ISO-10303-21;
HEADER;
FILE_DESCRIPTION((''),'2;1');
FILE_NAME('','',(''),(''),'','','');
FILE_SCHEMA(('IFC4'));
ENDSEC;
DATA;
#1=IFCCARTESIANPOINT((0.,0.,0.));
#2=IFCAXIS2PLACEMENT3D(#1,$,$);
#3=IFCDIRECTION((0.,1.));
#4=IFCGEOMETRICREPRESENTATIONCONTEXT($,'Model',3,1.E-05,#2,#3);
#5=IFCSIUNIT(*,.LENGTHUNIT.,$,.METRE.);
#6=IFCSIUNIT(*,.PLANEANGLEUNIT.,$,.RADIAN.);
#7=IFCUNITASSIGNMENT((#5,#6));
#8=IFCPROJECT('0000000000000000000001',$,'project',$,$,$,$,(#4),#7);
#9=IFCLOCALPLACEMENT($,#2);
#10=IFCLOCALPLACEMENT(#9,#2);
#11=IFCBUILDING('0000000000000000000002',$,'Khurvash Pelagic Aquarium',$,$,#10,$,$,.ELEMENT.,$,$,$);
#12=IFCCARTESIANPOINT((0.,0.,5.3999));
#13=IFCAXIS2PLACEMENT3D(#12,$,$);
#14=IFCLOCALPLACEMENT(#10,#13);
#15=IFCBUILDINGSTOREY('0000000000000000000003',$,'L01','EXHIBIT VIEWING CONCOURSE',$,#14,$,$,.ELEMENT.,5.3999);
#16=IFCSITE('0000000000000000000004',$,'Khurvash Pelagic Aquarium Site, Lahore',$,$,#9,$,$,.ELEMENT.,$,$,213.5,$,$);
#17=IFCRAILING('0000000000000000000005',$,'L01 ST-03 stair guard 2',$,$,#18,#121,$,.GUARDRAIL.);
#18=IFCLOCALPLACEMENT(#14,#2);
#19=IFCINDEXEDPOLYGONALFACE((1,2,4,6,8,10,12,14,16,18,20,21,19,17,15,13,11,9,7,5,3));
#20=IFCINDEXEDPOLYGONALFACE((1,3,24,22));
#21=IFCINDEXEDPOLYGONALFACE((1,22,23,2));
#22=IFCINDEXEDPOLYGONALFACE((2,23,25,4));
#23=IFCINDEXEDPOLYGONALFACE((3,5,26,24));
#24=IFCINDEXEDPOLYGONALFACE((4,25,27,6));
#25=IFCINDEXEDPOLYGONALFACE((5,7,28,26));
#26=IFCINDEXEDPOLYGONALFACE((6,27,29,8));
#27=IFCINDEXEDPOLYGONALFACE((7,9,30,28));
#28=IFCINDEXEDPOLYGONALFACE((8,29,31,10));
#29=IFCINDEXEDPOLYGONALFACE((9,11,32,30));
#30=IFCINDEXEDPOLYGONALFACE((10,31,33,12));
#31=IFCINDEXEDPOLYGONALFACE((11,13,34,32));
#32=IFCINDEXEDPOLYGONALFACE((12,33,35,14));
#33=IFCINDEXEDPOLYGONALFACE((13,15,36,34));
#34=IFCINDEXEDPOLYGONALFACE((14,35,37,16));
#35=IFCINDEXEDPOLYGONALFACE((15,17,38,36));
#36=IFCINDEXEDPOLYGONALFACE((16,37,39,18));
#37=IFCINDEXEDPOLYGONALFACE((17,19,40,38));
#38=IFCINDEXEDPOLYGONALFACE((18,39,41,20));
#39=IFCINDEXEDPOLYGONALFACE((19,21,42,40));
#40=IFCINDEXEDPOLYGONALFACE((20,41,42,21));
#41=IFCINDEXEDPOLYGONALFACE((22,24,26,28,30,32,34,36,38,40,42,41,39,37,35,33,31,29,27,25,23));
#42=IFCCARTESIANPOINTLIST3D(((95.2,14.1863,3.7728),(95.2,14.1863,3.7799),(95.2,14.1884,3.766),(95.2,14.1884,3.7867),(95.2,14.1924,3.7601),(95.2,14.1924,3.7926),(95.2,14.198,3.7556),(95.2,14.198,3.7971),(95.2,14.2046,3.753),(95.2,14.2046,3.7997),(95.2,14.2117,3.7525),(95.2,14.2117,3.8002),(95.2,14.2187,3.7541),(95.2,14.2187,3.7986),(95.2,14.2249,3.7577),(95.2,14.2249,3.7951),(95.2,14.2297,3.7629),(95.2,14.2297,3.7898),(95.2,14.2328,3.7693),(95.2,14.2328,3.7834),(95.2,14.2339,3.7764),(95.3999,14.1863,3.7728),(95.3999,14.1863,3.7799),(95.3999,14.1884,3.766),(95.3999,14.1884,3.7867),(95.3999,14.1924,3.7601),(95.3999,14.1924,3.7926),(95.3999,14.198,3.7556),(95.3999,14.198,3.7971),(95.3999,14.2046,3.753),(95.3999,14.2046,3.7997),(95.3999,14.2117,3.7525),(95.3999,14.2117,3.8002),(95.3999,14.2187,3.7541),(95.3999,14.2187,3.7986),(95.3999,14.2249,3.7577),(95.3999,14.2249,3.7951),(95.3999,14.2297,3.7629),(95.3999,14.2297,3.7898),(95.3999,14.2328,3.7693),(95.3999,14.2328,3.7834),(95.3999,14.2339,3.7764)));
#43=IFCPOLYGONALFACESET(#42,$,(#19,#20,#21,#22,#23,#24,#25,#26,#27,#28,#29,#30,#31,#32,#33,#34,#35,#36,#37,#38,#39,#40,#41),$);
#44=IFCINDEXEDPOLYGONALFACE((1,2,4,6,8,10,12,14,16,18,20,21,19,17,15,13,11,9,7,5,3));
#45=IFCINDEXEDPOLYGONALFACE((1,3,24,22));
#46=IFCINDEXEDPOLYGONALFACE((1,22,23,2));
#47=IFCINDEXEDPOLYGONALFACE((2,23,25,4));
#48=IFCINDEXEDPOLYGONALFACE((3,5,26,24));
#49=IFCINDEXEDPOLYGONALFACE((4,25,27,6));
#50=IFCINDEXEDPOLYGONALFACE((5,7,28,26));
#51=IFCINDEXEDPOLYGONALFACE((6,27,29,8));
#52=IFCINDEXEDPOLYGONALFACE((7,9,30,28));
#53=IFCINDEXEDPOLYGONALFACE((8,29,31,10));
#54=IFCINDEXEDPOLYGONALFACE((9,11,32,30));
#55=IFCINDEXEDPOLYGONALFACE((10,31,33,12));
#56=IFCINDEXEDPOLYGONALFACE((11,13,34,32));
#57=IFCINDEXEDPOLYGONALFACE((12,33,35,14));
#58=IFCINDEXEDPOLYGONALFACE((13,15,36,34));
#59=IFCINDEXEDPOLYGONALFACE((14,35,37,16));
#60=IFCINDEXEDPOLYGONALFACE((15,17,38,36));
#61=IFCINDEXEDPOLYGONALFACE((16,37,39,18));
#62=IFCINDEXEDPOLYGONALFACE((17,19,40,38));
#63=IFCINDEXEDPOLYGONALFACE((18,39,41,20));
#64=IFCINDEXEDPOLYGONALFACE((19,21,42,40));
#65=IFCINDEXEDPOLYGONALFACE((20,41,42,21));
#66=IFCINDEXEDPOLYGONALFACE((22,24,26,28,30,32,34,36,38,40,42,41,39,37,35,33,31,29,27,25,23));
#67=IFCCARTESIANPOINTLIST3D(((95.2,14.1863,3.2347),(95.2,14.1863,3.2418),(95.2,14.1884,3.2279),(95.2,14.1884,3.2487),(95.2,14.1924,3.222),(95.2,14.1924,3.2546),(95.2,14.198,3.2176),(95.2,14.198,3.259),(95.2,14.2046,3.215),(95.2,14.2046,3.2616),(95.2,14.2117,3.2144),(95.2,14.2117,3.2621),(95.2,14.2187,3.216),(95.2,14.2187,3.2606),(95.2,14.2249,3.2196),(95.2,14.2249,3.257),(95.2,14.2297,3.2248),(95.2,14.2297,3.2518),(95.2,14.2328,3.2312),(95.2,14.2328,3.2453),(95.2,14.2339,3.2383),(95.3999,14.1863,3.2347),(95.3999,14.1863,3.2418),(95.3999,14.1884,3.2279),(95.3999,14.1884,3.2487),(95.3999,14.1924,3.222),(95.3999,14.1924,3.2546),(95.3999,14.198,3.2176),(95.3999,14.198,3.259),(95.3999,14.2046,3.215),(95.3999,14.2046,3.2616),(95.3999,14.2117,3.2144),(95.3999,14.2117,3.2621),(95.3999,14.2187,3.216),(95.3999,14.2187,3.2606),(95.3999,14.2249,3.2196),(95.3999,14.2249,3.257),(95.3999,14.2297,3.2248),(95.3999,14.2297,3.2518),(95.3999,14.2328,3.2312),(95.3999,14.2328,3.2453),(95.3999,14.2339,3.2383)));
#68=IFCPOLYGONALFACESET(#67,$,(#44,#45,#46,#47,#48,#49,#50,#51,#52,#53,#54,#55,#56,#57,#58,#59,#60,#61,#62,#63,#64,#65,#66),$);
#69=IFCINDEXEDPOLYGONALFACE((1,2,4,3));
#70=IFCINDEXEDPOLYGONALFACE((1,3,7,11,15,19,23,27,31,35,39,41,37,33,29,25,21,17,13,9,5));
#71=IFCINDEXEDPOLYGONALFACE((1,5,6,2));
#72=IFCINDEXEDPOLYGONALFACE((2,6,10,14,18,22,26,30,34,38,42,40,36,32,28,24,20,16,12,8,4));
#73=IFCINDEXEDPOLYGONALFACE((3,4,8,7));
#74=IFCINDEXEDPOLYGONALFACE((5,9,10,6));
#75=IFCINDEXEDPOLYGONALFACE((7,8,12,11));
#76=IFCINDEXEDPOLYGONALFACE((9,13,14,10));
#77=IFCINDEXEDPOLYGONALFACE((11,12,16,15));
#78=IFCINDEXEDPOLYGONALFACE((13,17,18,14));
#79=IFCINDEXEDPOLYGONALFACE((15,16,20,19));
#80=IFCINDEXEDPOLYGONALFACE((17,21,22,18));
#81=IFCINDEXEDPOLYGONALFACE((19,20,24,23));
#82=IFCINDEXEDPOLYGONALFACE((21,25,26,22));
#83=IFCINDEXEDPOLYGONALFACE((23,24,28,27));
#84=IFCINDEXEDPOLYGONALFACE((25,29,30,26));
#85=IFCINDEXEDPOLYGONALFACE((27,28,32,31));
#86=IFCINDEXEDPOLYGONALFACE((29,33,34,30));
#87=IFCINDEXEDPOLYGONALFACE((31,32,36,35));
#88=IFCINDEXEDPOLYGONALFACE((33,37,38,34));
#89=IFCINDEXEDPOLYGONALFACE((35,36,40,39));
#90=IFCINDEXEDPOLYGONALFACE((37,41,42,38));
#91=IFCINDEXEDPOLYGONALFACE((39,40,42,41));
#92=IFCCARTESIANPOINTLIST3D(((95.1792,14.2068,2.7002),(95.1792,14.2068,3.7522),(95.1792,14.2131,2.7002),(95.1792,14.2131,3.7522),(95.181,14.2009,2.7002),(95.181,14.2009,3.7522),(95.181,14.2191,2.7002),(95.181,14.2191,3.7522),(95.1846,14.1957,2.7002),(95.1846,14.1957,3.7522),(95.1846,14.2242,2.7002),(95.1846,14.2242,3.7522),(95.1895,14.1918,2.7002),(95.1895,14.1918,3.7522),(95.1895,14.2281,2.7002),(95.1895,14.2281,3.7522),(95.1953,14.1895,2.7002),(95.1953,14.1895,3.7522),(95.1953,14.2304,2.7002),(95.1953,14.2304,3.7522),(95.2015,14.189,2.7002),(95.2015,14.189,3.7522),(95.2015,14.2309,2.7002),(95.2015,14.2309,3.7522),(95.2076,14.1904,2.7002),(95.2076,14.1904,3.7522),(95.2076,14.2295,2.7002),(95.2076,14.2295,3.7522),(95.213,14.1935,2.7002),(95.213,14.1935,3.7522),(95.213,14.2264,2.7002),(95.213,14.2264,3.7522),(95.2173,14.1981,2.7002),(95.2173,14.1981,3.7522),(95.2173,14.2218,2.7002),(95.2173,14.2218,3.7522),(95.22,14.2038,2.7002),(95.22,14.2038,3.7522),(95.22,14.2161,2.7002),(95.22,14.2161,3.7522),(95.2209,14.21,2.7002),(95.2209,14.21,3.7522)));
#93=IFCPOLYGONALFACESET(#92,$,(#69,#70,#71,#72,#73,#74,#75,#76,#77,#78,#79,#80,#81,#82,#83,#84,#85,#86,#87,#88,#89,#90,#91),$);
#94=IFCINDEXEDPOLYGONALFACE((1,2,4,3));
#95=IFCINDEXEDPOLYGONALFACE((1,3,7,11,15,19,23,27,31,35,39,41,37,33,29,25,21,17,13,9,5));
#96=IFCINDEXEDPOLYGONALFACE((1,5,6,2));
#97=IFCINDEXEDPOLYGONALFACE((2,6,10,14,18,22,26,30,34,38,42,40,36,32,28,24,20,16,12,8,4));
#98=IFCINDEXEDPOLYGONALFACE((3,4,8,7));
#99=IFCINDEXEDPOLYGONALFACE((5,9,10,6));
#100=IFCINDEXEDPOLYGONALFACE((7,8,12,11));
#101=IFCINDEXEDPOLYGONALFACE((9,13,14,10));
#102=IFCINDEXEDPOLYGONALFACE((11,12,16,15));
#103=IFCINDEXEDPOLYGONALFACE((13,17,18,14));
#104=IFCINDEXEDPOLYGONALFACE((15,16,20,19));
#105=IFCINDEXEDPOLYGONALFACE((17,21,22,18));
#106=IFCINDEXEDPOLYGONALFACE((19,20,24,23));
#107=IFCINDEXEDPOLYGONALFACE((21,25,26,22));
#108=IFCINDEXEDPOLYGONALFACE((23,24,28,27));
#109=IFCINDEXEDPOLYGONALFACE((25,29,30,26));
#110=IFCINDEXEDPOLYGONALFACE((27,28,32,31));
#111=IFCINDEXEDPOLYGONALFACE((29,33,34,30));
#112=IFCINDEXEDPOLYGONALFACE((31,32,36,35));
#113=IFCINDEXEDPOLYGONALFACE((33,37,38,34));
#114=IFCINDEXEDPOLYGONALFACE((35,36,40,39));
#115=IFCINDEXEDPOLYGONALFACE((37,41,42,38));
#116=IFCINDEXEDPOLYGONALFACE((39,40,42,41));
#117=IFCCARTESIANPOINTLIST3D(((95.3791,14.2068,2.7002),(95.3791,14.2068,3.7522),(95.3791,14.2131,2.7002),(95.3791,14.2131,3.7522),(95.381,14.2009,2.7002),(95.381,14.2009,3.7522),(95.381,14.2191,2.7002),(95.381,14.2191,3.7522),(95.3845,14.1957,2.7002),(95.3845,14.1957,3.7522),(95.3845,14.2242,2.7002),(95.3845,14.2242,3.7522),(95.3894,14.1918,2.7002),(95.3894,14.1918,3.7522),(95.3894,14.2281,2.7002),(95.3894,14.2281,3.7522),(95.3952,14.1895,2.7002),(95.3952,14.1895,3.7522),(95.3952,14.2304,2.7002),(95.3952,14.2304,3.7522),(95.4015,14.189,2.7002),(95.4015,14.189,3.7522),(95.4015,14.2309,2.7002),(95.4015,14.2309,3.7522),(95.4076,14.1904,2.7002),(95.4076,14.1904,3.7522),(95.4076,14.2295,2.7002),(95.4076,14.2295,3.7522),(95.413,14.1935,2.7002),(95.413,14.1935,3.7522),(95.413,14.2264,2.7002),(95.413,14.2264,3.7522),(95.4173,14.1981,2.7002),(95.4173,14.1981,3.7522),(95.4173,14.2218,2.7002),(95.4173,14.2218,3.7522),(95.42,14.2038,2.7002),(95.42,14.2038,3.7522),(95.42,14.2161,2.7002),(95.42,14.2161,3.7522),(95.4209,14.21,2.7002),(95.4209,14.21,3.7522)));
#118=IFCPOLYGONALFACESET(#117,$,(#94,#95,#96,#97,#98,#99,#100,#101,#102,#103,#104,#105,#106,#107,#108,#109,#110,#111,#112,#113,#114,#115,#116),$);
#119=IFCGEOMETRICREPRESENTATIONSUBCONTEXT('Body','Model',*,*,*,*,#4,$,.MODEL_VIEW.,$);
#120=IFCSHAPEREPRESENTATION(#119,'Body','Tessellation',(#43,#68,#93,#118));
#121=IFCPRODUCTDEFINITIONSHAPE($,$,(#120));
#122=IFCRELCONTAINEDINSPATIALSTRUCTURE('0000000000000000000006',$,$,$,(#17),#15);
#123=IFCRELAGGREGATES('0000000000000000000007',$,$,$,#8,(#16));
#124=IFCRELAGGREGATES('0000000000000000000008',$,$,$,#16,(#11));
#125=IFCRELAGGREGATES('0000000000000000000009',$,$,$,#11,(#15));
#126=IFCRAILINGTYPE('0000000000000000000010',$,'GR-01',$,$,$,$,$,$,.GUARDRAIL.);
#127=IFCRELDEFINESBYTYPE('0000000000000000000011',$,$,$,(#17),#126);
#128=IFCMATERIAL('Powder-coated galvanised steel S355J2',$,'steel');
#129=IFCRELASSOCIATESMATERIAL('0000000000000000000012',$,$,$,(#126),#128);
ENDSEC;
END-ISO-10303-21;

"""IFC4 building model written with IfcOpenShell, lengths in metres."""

from ifc_helpers import new_model, si_unit, direction, frame, origin, origin_2d, place, context, subcontext, project, spatial, circle, extrude, material, type_object, element, save


model = new_model("IFC4")

# Units and contexts
model_context = context("Model", 3, precision=1e-05, world=origin(), true_north=direction((0.0, 1.0)))
body_context = subcontext(model_context, "Body", "Model", "MODEL_VIEW")
ifc_project = project(units=[si_unit("LENGTHUNIT", "METRE"), si_unit("PLANEANGLEUNIT", "RADIAN")], contexts=[model_context])

# Site, building, storey
site_placement = place(None, origin())
site = spatial("IfcSite", under=ifc_project, at=site_placement, Name="Khurvash Pelagic Aquarium Site, Lahore", CompositionType="ELEMENT", RefElevation=213.5)
building_placement = place(site_placement, origin())
building = spatial("IfcBuilding", under=site, at=building_placement, Name="Khurvash Pelagic Aquarium", CompositionType="ELEMENT")
storey_placement = place(building_placement, frame((0.0, 0.0, 5.3999)))
storey = spatial("IfcBuildingStorey", under=building, at=storey_placement, Name="L01", Description="EXHIBIT VIEWING CONCOURSE", CompositionType="ELEMENT", Elevation=5.3999)

# Railing
ifc_material_1 = material(Name="Powder-coated galvanised steel S355J2", Category="steel")
railing_type_1 = type_object("IfcRailingType", Name="GR-01", PredefinedType="GUARDRAIL", material=ifc_material_1)
railing_1_placement = place(storey_placement, frame((95.2, 14.21, 2.7002)))
element("IfcRailing", 1, at=railing_1_placement, inside=storey, type_object=railing_type_1, Name="L01 ST-03 stair guard 2", PredefinedType="GUARDRAIL", context=body_context, shape_type="SweptSolid", body=[
    extrude(circle(Radius=0.0239, at=origin_2d()), frame((0.0, 0.0, 1.0762), z_axis=(1.0, 0.0, 0.0), x_axis=(0.0, 1.0, 0.0)), (0.0, 0.0, 1.0), 0.2),
    extrude(circle(Radius=0.0239, at=origin_2d()), frame((0.0, 0.0, 0.5381), z_axis=(1.0, 0.0, 0.0), x_axis=(0.0, 1.0, 0.0)), (0.0, 0.0, 1.0), 0.2),
    extrude(circle(Radius=0.021, at=origin_2d()), origin(), (0.0, 0.0, 1.0), 1.052),
    extrude(circle(Radius=0.021, at=origin_2d()), frame((0.2, 0.0, 0.0)), (0.0, 0.0, 1.0), 1.052),
])

save(model, "model.ifc")
